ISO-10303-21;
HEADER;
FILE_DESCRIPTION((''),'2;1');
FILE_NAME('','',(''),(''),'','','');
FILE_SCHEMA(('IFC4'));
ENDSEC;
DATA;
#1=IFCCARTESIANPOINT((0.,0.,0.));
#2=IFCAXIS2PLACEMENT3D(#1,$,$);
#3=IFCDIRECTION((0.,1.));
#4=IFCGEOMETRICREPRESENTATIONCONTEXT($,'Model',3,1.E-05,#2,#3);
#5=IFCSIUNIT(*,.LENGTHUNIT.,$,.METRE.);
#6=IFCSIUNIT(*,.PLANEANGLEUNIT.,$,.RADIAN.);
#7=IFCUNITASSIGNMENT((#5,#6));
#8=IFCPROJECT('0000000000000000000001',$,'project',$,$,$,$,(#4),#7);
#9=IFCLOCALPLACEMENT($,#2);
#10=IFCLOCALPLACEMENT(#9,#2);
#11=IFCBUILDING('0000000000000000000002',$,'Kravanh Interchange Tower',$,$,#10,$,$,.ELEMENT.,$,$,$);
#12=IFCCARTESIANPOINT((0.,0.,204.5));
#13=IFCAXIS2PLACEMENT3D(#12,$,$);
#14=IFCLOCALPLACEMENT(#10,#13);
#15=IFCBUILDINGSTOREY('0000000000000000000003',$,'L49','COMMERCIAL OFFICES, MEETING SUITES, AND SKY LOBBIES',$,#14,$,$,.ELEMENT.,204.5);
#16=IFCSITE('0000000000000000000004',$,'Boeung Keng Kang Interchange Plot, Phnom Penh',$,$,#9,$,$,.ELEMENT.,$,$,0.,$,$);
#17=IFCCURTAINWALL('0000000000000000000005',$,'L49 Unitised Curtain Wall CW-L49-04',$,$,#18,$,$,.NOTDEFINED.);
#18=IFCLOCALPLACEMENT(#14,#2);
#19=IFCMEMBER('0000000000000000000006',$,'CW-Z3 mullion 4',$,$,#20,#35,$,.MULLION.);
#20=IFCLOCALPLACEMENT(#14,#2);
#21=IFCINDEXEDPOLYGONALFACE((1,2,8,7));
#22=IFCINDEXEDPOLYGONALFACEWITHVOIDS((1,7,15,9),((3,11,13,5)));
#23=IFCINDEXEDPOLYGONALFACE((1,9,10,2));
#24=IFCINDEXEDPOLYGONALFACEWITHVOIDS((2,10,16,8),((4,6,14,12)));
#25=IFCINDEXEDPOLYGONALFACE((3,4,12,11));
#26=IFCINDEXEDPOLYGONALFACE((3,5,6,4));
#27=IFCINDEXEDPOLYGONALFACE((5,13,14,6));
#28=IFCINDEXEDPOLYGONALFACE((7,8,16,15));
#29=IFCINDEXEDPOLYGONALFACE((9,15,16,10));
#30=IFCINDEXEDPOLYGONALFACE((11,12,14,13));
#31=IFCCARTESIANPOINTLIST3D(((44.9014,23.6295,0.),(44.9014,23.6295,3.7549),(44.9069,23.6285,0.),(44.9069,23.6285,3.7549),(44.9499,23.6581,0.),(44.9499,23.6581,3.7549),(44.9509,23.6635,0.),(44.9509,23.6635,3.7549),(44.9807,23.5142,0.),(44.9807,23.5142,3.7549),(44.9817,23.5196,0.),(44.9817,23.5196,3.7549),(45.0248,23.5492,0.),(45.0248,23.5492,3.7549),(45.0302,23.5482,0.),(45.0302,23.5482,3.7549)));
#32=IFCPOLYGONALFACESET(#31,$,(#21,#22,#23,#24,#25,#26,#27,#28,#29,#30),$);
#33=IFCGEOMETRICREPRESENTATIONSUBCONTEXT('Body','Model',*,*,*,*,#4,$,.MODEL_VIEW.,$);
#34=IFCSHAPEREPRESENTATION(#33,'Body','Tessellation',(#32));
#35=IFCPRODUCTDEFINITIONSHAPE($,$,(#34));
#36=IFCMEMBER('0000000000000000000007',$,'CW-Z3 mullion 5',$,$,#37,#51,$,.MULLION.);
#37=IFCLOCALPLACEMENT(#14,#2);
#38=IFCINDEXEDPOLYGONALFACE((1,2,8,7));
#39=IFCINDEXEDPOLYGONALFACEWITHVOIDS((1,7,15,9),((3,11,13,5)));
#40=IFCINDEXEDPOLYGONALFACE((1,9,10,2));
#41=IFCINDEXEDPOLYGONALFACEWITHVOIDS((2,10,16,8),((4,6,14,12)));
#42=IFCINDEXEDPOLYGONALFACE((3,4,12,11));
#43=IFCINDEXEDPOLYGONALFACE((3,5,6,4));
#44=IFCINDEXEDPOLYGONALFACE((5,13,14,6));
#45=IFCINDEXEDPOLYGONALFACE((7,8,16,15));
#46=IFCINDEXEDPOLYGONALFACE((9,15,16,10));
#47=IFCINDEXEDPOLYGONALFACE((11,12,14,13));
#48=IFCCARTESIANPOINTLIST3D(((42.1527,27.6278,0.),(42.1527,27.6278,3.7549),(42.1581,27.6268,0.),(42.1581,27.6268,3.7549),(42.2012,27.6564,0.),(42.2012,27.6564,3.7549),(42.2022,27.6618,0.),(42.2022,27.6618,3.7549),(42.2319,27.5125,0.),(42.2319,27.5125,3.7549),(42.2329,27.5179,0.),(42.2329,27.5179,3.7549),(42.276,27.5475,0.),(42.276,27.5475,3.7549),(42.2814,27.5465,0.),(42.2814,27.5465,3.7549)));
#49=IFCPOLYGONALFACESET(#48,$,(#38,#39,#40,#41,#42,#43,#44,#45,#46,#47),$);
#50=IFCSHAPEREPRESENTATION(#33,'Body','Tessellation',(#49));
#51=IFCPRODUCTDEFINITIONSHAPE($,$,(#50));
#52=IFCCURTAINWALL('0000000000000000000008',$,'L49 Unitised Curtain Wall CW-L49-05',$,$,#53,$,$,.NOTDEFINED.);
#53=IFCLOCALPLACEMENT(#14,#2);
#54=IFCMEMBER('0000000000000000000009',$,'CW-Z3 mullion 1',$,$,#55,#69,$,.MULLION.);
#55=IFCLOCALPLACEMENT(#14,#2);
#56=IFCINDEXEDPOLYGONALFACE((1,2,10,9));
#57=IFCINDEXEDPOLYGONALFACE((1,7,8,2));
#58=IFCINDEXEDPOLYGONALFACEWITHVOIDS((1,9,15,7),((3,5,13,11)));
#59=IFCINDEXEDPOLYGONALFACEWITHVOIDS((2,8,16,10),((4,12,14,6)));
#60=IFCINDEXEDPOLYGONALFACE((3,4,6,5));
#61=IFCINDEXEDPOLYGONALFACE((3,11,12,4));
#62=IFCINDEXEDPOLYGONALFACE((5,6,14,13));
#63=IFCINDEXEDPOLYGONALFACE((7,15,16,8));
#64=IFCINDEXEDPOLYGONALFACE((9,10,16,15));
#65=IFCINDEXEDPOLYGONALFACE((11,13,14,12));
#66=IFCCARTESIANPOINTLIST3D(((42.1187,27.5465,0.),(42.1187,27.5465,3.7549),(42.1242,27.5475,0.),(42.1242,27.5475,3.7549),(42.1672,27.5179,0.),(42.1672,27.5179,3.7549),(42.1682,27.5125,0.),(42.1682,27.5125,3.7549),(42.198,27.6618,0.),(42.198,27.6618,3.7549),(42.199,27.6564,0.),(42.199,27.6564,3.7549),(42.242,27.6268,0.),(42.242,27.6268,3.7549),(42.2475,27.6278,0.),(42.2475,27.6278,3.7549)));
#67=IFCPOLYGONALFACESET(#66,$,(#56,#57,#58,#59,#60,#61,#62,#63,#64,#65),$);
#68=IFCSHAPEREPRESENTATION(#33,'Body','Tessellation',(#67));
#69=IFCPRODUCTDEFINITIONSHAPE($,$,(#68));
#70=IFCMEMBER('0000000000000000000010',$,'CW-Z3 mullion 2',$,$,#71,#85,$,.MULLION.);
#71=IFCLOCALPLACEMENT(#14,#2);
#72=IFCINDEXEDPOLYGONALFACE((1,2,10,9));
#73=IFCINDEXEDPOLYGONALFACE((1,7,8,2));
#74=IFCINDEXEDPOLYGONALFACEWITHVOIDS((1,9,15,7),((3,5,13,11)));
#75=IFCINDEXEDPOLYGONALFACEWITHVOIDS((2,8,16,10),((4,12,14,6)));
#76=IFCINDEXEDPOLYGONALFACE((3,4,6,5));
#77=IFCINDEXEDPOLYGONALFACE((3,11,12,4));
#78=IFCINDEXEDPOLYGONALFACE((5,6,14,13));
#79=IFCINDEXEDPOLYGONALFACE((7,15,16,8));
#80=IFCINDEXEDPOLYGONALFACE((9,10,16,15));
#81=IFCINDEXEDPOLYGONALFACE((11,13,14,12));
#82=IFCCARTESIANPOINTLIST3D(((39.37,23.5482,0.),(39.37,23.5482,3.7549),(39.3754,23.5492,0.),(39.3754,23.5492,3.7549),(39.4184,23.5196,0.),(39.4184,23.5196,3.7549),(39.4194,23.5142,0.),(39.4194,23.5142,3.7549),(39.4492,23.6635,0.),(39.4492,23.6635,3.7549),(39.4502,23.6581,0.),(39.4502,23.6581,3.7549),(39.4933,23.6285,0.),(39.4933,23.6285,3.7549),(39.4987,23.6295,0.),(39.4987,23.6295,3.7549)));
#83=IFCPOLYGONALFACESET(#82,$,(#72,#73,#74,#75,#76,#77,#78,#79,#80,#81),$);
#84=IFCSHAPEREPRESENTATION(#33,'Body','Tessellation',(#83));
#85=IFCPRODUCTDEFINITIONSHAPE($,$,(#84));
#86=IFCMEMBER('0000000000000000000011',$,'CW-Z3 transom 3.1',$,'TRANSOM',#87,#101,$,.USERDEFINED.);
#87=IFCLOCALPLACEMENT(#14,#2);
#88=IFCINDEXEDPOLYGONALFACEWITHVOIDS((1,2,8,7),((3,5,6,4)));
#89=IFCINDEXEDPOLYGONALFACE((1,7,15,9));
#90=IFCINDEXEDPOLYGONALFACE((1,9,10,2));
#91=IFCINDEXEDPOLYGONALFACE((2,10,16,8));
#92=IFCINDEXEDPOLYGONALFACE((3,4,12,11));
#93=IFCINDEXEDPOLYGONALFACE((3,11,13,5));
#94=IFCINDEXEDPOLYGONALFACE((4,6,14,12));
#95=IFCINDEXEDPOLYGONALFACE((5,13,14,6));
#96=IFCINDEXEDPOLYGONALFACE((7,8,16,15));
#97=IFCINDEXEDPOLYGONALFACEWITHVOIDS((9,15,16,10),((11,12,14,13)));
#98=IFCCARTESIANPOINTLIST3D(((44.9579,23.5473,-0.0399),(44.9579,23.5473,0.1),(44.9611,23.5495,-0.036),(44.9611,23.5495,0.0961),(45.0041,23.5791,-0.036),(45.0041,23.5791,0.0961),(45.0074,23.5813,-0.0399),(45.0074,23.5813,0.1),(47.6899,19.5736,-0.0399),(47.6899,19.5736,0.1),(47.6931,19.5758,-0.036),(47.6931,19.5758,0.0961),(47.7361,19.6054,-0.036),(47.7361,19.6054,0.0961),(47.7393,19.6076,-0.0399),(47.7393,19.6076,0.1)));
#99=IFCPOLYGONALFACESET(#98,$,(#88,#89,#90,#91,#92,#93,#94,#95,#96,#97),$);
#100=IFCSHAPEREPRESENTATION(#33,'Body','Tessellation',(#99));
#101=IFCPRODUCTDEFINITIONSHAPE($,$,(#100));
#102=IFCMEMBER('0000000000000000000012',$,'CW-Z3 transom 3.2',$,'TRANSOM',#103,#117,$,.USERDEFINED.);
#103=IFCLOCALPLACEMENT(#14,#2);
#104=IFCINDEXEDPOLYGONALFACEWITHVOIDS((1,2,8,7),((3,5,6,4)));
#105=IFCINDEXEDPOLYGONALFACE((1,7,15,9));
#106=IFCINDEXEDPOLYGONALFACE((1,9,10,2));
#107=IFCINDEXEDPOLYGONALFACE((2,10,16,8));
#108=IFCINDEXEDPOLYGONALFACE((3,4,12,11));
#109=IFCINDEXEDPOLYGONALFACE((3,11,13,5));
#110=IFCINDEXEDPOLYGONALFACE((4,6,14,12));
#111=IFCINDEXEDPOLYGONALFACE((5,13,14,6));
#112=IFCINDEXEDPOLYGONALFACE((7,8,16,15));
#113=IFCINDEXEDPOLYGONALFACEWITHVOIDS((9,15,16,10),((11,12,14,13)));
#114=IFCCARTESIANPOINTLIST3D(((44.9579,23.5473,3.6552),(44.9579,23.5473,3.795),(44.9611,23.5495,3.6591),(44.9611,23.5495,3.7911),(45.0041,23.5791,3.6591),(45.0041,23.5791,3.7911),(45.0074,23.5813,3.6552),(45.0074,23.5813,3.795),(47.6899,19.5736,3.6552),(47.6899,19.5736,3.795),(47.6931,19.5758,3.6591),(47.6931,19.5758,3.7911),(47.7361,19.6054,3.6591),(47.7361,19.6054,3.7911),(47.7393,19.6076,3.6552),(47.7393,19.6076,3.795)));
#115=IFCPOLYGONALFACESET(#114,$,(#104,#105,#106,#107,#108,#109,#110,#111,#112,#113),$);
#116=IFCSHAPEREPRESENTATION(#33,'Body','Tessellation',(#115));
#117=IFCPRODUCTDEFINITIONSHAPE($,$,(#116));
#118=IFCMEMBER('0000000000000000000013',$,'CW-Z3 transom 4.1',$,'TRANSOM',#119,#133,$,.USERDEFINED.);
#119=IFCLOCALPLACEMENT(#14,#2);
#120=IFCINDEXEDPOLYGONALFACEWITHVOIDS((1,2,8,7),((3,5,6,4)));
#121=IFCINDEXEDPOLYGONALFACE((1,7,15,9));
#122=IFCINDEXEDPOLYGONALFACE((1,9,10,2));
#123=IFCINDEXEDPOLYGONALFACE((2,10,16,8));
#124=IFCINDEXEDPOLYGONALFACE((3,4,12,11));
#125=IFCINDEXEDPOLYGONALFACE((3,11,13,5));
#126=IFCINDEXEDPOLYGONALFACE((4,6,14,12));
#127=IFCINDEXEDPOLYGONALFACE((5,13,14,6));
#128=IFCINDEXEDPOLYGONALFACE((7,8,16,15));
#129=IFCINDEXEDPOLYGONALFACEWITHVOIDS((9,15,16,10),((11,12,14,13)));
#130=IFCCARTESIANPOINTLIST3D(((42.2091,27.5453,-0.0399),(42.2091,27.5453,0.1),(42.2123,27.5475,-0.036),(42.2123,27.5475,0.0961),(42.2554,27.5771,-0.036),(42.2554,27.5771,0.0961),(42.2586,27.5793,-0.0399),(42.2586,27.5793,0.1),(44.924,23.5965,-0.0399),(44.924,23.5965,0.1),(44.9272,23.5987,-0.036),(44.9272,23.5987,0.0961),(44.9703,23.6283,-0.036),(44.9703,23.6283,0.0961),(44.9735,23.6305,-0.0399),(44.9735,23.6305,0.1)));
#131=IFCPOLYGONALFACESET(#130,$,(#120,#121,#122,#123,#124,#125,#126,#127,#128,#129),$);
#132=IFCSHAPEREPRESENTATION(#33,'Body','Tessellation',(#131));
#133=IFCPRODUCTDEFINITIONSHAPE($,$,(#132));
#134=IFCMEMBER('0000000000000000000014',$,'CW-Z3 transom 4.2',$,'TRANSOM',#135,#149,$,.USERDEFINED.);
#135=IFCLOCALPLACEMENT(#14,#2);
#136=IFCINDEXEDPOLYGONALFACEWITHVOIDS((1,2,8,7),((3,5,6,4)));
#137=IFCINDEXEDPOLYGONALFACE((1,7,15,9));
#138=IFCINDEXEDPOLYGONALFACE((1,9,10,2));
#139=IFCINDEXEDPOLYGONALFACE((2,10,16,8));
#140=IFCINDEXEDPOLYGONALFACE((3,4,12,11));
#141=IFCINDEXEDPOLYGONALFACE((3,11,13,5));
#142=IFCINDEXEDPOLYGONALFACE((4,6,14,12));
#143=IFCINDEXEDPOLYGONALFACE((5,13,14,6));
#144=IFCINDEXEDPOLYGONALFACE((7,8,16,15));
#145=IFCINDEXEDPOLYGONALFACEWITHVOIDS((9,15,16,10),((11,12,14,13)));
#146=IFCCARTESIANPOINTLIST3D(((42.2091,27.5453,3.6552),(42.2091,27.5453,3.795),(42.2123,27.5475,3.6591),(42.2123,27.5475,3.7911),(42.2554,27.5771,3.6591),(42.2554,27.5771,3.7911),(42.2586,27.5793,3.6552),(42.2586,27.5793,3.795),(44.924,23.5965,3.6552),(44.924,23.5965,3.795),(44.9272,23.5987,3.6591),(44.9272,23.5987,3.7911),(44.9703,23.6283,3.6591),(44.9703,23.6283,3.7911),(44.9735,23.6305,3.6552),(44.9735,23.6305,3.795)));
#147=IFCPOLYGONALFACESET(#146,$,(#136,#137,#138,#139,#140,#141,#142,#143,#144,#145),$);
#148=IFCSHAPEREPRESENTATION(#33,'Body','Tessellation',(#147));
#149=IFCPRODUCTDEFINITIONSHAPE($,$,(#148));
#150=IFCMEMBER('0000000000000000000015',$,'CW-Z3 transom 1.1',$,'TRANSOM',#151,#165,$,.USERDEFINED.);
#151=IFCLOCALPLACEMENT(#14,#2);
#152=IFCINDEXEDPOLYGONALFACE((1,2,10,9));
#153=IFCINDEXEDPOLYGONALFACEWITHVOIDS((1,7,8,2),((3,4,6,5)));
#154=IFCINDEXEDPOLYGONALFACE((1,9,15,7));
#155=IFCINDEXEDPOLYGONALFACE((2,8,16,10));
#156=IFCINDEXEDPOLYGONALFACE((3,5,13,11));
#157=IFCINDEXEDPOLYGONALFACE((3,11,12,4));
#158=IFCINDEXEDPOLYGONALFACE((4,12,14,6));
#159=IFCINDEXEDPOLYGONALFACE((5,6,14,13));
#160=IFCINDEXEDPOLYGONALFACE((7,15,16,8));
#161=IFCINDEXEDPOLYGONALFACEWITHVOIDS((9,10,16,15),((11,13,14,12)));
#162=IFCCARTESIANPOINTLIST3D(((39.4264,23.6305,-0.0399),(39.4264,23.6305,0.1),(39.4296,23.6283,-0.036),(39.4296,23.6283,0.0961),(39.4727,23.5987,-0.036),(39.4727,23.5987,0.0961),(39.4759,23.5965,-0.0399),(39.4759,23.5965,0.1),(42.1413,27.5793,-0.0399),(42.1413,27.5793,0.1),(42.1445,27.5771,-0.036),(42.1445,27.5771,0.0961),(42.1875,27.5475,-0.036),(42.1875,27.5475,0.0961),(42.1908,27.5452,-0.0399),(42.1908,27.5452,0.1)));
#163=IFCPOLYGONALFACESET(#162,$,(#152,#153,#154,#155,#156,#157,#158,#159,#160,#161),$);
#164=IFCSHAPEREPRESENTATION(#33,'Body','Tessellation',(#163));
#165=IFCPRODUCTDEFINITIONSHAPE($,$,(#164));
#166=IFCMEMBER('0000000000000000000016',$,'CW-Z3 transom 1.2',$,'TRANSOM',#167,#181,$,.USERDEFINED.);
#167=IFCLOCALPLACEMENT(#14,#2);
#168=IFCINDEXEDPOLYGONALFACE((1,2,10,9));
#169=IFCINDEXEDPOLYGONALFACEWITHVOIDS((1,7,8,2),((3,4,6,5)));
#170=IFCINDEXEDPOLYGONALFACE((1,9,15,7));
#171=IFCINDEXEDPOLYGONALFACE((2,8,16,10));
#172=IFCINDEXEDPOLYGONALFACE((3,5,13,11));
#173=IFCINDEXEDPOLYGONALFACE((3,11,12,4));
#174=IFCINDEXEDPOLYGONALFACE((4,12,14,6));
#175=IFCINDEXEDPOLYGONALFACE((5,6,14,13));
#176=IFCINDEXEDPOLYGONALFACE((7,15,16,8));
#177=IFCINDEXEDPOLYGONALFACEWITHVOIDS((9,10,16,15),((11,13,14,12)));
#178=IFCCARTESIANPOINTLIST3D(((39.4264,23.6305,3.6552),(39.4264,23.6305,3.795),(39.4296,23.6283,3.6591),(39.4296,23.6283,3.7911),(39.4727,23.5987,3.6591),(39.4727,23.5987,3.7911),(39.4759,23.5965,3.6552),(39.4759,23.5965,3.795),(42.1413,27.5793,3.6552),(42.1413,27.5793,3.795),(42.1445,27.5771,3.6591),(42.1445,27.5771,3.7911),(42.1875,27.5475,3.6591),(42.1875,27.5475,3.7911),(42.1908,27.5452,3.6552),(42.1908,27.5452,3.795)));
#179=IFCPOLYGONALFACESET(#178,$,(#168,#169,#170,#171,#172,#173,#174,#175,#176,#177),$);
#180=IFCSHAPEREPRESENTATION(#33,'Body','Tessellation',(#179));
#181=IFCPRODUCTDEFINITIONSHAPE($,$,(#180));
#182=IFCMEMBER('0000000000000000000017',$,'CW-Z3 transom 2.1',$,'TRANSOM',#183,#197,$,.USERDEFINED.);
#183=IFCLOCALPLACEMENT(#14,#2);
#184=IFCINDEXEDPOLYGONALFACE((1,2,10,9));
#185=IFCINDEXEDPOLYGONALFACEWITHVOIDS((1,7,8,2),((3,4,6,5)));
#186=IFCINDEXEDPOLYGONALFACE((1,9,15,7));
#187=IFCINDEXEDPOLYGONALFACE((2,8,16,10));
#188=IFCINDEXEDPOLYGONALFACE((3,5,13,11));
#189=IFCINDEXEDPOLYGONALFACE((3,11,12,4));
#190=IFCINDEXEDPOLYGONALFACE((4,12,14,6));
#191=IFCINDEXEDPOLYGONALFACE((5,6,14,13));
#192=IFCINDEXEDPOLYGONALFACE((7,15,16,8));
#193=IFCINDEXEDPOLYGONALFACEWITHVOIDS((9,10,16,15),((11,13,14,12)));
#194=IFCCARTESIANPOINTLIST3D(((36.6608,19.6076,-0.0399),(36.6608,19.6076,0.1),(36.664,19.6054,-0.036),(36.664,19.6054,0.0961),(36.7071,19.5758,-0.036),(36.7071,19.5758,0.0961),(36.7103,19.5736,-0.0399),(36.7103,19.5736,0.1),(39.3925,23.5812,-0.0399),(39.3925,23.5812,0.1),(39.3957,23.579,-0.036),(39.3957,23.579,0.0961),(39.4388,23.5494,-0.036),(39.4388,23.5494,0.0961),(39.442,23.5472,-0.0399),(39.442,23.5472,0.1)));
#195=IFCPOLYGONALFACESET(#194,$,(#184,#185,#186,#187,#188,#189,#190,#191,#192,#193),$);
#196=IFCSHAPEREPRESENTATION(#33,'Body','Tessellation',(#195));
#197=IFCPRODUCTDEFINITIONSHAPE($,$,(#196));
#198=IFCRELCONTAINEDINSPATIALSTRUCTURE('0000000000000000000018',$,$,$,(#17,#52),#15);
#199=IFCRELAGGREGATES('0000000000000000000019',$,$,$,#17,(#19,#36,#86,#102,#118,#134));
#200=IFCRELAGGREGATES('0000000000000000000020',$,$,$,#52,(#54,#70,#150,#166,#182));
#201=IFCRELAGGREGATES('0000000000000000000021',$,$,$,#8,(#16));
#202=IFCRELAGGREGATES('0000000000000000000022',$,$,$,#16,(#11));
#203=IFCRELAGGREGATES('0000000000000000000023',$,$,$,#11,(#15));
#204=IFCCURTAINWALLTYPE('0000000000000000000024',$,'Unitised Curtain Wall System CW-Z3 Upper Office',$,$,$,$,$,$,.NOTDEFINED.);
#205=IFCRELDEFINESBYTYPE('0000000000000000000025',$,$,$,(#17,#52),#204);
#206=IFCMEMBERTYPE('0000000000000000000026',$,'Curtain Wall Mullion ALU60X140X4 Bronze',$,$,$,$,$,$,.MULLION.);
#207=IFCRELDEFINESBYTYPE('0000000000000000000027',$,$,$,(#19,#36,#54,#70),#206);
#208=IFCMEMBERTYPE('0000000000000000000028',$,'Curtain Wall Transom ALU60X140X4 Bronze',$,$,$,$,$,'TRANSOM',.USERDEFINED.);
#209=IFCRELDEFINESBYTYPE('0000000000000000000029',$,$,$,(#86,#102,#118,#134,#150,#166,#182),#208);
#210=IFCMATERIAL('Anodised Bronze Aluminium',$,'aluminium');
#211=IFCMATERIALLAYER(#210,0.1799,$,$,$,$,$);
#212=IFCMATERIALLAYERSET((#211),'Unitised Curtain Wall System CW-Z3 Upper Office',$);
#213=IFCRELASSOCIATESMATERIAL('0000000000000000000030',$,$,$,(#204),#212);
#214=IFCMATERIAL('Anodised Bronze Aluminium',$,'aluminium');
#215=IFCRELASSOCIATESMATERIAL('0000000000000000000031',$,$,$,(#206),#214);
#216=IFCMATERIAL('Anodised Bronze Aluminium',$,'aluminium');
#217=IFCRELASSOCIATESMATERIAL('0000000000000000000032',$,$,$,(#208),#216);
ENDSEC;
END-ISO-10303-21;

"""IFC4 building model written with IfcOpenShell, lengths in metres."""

from ifc_helpers import new_model, si_unit, direction, frame, origin, origin_2d, place, context, subcontext, project, spatial, hollow_rectangle, extrude, material, layer, layer_set, material_profile, profile_set, type_object, element, aggregate, save


model = new_model("IFC4")

# Units and contexts
model_context = context("Model", 3, precision=1e-05, world=origin(), true_north=direction((0.0, 1.0)))
body_context = subcontext(model_context, "Body", "Model", "MODEL_VIEW")
ifc_project = project(units=[si_unit("LENGTHUNIT", "METRE"), si_unit("PLANEANGLEUNIT", "RADIAN")], contexts=[model_context])

# Site, building, storey
site_placement = place(None, origin())
site = spatial("IfcSite", under=ifc_project, at=site_placement, Name="Boeung Keng Kang Interchange Plot, Phnom Penh", CompositionType="ELEMENT", RefElevation=0.0)
building_placement = place(site_placement, origin())
building = spatial("IfcBuilding", under=site, at=building_placement, Name="Kravanh Interchange Tower", CompositionType="ELEMENT")
storey_placement = place(building_placement, frame((0.0, 0.0, 204.5)))
storey = spatial("IfcBuildingStorey", under=building, at=storey_placement, Name="L49", Description="COMMERCIAL OFFICES, MEETING SUITES, AND SKY LOBBIES", CompositionType="ELEMENT", Elevation=204.5)

# Curtain walls, members
ifc_material_1 = material(Name="Anodised Bronze Aluminium", Category="aluminium")
ifc_layer_1 = layer(ifc_material_1, 0.1799)
ifc_layer_set_1 = layer_set([ifc_layer_1], Name="Unitised Curtain Wall System CW-Z3 Upper Office")
curtain_wall_type = type_object("IfcCurtainWallType", Name="Unitised Curtain Wall System CW-Z3 Upper Office", PredefinedType="NOTDEFINED", material=ifc_layer_set_1)
curtain_wall_1_placement = place(storey_placement, origin())
curtain_wall_1 = element("IfcCurtainWall", 1, at=curtain_wall_1_placement, inside=storey, type_object=curtain_wall_type, Name="L49 Unitised Curtain Wall CW-L49-04", PredefinedType="NOTDEFINED")
ifc_material_2 = material(Name="Anodised Bronze Aluminium", Category="aluminium")
ifc_material_profile_1 = material_profile(ifc_material_2, hollow_rectangle(XDim=0.0601, YDim=0.1399, WallThickness=0.0039, at=origin_2d()), Name="ALU60X140X4")
ifc_profile_set_1 = profile_set([ifc_material_profile_1], Name="Anodised Bronze Aluminium")
member_type_1 = type_object("IfcMemberType", Name="Curtain Wall Mullion ALU60X140X4 Bronze", PredefinedType="MULLION", material=ifc_profile_set_1)
member_1_placement = place(storey_placement, frame((44.9658, 23.5889, 0.0), z_axis=(0.0, 0.0, 1.0), x_axis=(-0.824042, -0.566528, 0.0)))
member_1 = element("IfcMember", 2, at=member_1_placement, type_object=member_type_1, Name="CW-Z3 mullion 4", PredefinedType="MULLION", context=body_context, shape_type="SweptSolid", body=[
    extrude(hollow_rectangle(XDim=0.0601, YDim=0.1399, WallThickness=0.0039, at=origin_2d()), origin(), (0.0, 0.0, 1.0), 3.7549),
])
member_2_placement = place(storey_placement, frame((42.217, 27.5872, 0.0), z_axis=(0.0, 0.0, 1.0), x_axis=(-0.824042, -0.566528, 0.0)))
member_2 = element("IfcMember", 3, at=member_2_placement, type_object=member_type_1, Name="CW-Z3 mullion 5", PredefinedType="MULLION", context=body_context, shape_type="SweptSolid", body=[
    extrude(hollow_rectangle(XDim=0.0601, YDim=0.1399, WallThickness=0.0039, at=origin_2d()), origin(), (0.0, 0.0, 1.0), 3.7549),
])
curtain_wall_2_placement = place(storey_placement, origin())
curtain_wall_2 = element("IfcCurtainWall", 4, at=curtain_wall_2_placement, inside=storey, type_object=curtain_wall_type, Name="L49 Unitised Curtain Wall CW-L49-05", PredefinedType="NOTDEFINED")
member_3_placement = place(storey_placement, frame((42.1831, 27.5872, 0.0), z_axis=(0.0, 0.0, 1.0), x_axis=(0.824042, -0.566528, 0.0)))
member_3 = element("IfcMember", 5, at=member_3_placement, type_object=member_type_1, Name="CW-Z3 mullion 1", PredefinedType="MULLION", context=body_context, shape_type="SweptSolid", body=[
    extrude(hollow_rectangle(XDim=0.0601, YDim=0.1399, WallThickness=0.0039, at=origin_2d()), origin(), (0.0, 0.0, 1.0), 3.7549),
])
member_4_placement = place(storey_placement, frame((39.4343, 23.5889, 0.0), z_axis=(0.0, 0.0, 1.0), x_axis=(0.824042, -0.566528, 0.0)))
member_4 = element("IfcMember", 6, at=member_4_placement, type_object=member_type_1, Name="CW-Z3 mullion 2", PredefinedType="MULLION", context=body_context, shape_type="SweptSolid", body=[
    extrude(hollow_rectangle(XDim=0.0601, YDim=0.1399, WallThickness=0.0039, at=origin_2d()), origin(), (0.0, 0.0, 1.0), 3.7549),
])

# Members
ifc_material_3 = material(Name="Anodised Bronze Aluminium", Category="aluminium")
ifc_material_profile_2 = material_profile(ifc_material_3, hollow_rectangle(XDim=0.0601, YDim=0.1399, WallThickness=0.0039, at=origin_2d()), Name="ALU60X140X4")
ifc_profile_set_2 = profile_set([ifc_material_profile_2], Name="Anodised Bronze Aluminium")
member_type_2 = type_object("IfcMemberType", Name="Curtain Wall Transom ALU60X140X4 Bronze", ElementType="TRANSOM", PredefinedType="USERDEFINED", material=ifc_profile_set_2)
member_5_placement = place(storey_placement, frame((47.7146, 19.5906, 0.03), z_axis=(-0.566537, 0.824036, 0.0), x_axis=(-0.824036, -0.566537, 0.0)))
member_5 = element("IfcMember", 7, at=member_5_placement, type_object=member_type_2, Name="CW-Z3 transom 3.1", ObjectType="TRANSOM", PredefinedType="USERDEFINED", context=body_context, shape_type="SweptSolid", body=[
    extrude(hollow_rectangle(XDim=0.0601, YDim=0.1399, WallThickness=0.0039, at=origin_2d()), origin(), (0.0, 0.0, 1.0), 4.8223),
])
member_6_placement = place(storey_placement, frame((47.7146, 19.5906, 3.7251), z_axis=(-0.566537, 0.824036, 0.0), x_axis=(-0.824036, -0.566537, 0.0)))
member_6 = element("IfcMember", 8, at=member_6_placement, type_object=member_type_2, Name="CW-Z3 transom 3.2", ObjectType="TRANSOM", PredefinedType="USERDEFINED", context=body_context, shape_type="SweptSolid", body=[
    extrude(hollow_rectangle(XDim=0.0601, YDim=0.1399, WallThickness=0.0039, at=origin_2d()), origin(), (0.0, 0.0, 1.0), 4.8223),
])
member_7_placement = place(storey_placement, frame((44.9487, 23.6135, 0.03), z_axis=(-0.566542, 0.824033, 0.0), x_axis=(-0.824033, -0.566542, 0.0)))
member_7 = element("IfcMember", 9, at=member_7_placement, type_object=member_type_2, Name="CW-Z3 transom 4.1", ObjectType="TRANSOM", PredefinedType="USERDEFINED", context=body_context, shape_type="SweptSolid", body=[
    extrude(hollow_rectangle(XDim=0.0601, YDim=0.1399, WallThickness=0.0039, at=origin_2d()), origin(), (0.0, 0.0, 1.0), 4.792),
])
member_8_placement = place(storey_placement, frame((44.9487, 23.6135, 3.7251), z_axis=(-0.566542, 0.824033, 0.0), x_axis=(-0.824033, -0.566542, 0.0)))
member_8 = element("IfcMember", 10, at=member_8_placement, type_object=member_type_2, Name="CW-Z3 transom 4.2", ObjectType="TRANSOM", PredefinedType="USERDEFINED", context=body_context, shape_type="SweptSolid", body=[
    extrude(hollow_rectangle(XDim=0.0601, YDim=0.1399, WallThickness=0.0039, at=origin_2d()), origin(), (0.0, 0.0, 1.0), 4.792),
])
member_9_placement = place(storey_placement, frame((42.166, 27.5623, 0.03), z_axis=(-0.566542, -0.824033, 0.0), x_axis=(0.824033, -0.566542, 0.0)))
member_9 = element("IfcMember", 11, at=member_9_placement, type_object=member_type_2, Name="CW-Z3 transom 1.1", ObjectType="TRANSOM", PredefinedType="USERDEFINED", context=body_context, shape_type="SweptSolid", body=[
    extrude(hollow_rectangle(XDim=0.0601, YDim=0.1399, WallThickness=0.0039, at=origin_2d()), origin(), (0.0, 0.0, 1.0), 4.792),
])
member_10_placement = place(storey_placement, frame((42.166, 27.5623, 3.7251), z_axis=(-0.566542, -0.824033, 0.0), x_axis=(0.824033, -0.566542, 0.0)))
member_10 = element("IfcMember", 12, at=member_10_placement, type_object=member_type_2, Name="CW-Z3 transom 1.2", ObjectType="TRANSOM", PredefinedType="USERDEFINED", context=body_context, shape_type="SweptSolid", body=[
    extrude(hollow_rectangle(XDim=0.0601, YDim=0.1399, WallThickness=0.0039, at=origin_2d()), origin(), (0.0, 0.0, 1.0), 4.792),
])
member_11_placement = place(storey_placement, frame((39.4172, 23.5642, 0.03), z_axis=(-0.566503, -0.82406, 0.0), x_axis=(0.82406, -0.566503, 0.0)))
member_11 = element("IfcMember", 13, at=member_11_placement, type_object=member_type_2, Name="CW-Z3 transom 2.1", ObjectType="TRANSOM", PredefinedType="USERDEFINED", context=body_context, shape_type="SweptSolid", body=[
    extrude(hollow_rectangle(XDim=0.0601, YDim=0.1399, WallThickness=0.0039, at=origin_2d()), origin(), (0.0, 0.0, 1.0), 4.822),
])

aggregate(curtain_wall_1, [member_1, member_2, member_5, member_6, member_7, member_8])
aggregate(curtain_wall_2, [member_3, member_4, member_9, member_10, member_11])

save(model, "model.ifc")
